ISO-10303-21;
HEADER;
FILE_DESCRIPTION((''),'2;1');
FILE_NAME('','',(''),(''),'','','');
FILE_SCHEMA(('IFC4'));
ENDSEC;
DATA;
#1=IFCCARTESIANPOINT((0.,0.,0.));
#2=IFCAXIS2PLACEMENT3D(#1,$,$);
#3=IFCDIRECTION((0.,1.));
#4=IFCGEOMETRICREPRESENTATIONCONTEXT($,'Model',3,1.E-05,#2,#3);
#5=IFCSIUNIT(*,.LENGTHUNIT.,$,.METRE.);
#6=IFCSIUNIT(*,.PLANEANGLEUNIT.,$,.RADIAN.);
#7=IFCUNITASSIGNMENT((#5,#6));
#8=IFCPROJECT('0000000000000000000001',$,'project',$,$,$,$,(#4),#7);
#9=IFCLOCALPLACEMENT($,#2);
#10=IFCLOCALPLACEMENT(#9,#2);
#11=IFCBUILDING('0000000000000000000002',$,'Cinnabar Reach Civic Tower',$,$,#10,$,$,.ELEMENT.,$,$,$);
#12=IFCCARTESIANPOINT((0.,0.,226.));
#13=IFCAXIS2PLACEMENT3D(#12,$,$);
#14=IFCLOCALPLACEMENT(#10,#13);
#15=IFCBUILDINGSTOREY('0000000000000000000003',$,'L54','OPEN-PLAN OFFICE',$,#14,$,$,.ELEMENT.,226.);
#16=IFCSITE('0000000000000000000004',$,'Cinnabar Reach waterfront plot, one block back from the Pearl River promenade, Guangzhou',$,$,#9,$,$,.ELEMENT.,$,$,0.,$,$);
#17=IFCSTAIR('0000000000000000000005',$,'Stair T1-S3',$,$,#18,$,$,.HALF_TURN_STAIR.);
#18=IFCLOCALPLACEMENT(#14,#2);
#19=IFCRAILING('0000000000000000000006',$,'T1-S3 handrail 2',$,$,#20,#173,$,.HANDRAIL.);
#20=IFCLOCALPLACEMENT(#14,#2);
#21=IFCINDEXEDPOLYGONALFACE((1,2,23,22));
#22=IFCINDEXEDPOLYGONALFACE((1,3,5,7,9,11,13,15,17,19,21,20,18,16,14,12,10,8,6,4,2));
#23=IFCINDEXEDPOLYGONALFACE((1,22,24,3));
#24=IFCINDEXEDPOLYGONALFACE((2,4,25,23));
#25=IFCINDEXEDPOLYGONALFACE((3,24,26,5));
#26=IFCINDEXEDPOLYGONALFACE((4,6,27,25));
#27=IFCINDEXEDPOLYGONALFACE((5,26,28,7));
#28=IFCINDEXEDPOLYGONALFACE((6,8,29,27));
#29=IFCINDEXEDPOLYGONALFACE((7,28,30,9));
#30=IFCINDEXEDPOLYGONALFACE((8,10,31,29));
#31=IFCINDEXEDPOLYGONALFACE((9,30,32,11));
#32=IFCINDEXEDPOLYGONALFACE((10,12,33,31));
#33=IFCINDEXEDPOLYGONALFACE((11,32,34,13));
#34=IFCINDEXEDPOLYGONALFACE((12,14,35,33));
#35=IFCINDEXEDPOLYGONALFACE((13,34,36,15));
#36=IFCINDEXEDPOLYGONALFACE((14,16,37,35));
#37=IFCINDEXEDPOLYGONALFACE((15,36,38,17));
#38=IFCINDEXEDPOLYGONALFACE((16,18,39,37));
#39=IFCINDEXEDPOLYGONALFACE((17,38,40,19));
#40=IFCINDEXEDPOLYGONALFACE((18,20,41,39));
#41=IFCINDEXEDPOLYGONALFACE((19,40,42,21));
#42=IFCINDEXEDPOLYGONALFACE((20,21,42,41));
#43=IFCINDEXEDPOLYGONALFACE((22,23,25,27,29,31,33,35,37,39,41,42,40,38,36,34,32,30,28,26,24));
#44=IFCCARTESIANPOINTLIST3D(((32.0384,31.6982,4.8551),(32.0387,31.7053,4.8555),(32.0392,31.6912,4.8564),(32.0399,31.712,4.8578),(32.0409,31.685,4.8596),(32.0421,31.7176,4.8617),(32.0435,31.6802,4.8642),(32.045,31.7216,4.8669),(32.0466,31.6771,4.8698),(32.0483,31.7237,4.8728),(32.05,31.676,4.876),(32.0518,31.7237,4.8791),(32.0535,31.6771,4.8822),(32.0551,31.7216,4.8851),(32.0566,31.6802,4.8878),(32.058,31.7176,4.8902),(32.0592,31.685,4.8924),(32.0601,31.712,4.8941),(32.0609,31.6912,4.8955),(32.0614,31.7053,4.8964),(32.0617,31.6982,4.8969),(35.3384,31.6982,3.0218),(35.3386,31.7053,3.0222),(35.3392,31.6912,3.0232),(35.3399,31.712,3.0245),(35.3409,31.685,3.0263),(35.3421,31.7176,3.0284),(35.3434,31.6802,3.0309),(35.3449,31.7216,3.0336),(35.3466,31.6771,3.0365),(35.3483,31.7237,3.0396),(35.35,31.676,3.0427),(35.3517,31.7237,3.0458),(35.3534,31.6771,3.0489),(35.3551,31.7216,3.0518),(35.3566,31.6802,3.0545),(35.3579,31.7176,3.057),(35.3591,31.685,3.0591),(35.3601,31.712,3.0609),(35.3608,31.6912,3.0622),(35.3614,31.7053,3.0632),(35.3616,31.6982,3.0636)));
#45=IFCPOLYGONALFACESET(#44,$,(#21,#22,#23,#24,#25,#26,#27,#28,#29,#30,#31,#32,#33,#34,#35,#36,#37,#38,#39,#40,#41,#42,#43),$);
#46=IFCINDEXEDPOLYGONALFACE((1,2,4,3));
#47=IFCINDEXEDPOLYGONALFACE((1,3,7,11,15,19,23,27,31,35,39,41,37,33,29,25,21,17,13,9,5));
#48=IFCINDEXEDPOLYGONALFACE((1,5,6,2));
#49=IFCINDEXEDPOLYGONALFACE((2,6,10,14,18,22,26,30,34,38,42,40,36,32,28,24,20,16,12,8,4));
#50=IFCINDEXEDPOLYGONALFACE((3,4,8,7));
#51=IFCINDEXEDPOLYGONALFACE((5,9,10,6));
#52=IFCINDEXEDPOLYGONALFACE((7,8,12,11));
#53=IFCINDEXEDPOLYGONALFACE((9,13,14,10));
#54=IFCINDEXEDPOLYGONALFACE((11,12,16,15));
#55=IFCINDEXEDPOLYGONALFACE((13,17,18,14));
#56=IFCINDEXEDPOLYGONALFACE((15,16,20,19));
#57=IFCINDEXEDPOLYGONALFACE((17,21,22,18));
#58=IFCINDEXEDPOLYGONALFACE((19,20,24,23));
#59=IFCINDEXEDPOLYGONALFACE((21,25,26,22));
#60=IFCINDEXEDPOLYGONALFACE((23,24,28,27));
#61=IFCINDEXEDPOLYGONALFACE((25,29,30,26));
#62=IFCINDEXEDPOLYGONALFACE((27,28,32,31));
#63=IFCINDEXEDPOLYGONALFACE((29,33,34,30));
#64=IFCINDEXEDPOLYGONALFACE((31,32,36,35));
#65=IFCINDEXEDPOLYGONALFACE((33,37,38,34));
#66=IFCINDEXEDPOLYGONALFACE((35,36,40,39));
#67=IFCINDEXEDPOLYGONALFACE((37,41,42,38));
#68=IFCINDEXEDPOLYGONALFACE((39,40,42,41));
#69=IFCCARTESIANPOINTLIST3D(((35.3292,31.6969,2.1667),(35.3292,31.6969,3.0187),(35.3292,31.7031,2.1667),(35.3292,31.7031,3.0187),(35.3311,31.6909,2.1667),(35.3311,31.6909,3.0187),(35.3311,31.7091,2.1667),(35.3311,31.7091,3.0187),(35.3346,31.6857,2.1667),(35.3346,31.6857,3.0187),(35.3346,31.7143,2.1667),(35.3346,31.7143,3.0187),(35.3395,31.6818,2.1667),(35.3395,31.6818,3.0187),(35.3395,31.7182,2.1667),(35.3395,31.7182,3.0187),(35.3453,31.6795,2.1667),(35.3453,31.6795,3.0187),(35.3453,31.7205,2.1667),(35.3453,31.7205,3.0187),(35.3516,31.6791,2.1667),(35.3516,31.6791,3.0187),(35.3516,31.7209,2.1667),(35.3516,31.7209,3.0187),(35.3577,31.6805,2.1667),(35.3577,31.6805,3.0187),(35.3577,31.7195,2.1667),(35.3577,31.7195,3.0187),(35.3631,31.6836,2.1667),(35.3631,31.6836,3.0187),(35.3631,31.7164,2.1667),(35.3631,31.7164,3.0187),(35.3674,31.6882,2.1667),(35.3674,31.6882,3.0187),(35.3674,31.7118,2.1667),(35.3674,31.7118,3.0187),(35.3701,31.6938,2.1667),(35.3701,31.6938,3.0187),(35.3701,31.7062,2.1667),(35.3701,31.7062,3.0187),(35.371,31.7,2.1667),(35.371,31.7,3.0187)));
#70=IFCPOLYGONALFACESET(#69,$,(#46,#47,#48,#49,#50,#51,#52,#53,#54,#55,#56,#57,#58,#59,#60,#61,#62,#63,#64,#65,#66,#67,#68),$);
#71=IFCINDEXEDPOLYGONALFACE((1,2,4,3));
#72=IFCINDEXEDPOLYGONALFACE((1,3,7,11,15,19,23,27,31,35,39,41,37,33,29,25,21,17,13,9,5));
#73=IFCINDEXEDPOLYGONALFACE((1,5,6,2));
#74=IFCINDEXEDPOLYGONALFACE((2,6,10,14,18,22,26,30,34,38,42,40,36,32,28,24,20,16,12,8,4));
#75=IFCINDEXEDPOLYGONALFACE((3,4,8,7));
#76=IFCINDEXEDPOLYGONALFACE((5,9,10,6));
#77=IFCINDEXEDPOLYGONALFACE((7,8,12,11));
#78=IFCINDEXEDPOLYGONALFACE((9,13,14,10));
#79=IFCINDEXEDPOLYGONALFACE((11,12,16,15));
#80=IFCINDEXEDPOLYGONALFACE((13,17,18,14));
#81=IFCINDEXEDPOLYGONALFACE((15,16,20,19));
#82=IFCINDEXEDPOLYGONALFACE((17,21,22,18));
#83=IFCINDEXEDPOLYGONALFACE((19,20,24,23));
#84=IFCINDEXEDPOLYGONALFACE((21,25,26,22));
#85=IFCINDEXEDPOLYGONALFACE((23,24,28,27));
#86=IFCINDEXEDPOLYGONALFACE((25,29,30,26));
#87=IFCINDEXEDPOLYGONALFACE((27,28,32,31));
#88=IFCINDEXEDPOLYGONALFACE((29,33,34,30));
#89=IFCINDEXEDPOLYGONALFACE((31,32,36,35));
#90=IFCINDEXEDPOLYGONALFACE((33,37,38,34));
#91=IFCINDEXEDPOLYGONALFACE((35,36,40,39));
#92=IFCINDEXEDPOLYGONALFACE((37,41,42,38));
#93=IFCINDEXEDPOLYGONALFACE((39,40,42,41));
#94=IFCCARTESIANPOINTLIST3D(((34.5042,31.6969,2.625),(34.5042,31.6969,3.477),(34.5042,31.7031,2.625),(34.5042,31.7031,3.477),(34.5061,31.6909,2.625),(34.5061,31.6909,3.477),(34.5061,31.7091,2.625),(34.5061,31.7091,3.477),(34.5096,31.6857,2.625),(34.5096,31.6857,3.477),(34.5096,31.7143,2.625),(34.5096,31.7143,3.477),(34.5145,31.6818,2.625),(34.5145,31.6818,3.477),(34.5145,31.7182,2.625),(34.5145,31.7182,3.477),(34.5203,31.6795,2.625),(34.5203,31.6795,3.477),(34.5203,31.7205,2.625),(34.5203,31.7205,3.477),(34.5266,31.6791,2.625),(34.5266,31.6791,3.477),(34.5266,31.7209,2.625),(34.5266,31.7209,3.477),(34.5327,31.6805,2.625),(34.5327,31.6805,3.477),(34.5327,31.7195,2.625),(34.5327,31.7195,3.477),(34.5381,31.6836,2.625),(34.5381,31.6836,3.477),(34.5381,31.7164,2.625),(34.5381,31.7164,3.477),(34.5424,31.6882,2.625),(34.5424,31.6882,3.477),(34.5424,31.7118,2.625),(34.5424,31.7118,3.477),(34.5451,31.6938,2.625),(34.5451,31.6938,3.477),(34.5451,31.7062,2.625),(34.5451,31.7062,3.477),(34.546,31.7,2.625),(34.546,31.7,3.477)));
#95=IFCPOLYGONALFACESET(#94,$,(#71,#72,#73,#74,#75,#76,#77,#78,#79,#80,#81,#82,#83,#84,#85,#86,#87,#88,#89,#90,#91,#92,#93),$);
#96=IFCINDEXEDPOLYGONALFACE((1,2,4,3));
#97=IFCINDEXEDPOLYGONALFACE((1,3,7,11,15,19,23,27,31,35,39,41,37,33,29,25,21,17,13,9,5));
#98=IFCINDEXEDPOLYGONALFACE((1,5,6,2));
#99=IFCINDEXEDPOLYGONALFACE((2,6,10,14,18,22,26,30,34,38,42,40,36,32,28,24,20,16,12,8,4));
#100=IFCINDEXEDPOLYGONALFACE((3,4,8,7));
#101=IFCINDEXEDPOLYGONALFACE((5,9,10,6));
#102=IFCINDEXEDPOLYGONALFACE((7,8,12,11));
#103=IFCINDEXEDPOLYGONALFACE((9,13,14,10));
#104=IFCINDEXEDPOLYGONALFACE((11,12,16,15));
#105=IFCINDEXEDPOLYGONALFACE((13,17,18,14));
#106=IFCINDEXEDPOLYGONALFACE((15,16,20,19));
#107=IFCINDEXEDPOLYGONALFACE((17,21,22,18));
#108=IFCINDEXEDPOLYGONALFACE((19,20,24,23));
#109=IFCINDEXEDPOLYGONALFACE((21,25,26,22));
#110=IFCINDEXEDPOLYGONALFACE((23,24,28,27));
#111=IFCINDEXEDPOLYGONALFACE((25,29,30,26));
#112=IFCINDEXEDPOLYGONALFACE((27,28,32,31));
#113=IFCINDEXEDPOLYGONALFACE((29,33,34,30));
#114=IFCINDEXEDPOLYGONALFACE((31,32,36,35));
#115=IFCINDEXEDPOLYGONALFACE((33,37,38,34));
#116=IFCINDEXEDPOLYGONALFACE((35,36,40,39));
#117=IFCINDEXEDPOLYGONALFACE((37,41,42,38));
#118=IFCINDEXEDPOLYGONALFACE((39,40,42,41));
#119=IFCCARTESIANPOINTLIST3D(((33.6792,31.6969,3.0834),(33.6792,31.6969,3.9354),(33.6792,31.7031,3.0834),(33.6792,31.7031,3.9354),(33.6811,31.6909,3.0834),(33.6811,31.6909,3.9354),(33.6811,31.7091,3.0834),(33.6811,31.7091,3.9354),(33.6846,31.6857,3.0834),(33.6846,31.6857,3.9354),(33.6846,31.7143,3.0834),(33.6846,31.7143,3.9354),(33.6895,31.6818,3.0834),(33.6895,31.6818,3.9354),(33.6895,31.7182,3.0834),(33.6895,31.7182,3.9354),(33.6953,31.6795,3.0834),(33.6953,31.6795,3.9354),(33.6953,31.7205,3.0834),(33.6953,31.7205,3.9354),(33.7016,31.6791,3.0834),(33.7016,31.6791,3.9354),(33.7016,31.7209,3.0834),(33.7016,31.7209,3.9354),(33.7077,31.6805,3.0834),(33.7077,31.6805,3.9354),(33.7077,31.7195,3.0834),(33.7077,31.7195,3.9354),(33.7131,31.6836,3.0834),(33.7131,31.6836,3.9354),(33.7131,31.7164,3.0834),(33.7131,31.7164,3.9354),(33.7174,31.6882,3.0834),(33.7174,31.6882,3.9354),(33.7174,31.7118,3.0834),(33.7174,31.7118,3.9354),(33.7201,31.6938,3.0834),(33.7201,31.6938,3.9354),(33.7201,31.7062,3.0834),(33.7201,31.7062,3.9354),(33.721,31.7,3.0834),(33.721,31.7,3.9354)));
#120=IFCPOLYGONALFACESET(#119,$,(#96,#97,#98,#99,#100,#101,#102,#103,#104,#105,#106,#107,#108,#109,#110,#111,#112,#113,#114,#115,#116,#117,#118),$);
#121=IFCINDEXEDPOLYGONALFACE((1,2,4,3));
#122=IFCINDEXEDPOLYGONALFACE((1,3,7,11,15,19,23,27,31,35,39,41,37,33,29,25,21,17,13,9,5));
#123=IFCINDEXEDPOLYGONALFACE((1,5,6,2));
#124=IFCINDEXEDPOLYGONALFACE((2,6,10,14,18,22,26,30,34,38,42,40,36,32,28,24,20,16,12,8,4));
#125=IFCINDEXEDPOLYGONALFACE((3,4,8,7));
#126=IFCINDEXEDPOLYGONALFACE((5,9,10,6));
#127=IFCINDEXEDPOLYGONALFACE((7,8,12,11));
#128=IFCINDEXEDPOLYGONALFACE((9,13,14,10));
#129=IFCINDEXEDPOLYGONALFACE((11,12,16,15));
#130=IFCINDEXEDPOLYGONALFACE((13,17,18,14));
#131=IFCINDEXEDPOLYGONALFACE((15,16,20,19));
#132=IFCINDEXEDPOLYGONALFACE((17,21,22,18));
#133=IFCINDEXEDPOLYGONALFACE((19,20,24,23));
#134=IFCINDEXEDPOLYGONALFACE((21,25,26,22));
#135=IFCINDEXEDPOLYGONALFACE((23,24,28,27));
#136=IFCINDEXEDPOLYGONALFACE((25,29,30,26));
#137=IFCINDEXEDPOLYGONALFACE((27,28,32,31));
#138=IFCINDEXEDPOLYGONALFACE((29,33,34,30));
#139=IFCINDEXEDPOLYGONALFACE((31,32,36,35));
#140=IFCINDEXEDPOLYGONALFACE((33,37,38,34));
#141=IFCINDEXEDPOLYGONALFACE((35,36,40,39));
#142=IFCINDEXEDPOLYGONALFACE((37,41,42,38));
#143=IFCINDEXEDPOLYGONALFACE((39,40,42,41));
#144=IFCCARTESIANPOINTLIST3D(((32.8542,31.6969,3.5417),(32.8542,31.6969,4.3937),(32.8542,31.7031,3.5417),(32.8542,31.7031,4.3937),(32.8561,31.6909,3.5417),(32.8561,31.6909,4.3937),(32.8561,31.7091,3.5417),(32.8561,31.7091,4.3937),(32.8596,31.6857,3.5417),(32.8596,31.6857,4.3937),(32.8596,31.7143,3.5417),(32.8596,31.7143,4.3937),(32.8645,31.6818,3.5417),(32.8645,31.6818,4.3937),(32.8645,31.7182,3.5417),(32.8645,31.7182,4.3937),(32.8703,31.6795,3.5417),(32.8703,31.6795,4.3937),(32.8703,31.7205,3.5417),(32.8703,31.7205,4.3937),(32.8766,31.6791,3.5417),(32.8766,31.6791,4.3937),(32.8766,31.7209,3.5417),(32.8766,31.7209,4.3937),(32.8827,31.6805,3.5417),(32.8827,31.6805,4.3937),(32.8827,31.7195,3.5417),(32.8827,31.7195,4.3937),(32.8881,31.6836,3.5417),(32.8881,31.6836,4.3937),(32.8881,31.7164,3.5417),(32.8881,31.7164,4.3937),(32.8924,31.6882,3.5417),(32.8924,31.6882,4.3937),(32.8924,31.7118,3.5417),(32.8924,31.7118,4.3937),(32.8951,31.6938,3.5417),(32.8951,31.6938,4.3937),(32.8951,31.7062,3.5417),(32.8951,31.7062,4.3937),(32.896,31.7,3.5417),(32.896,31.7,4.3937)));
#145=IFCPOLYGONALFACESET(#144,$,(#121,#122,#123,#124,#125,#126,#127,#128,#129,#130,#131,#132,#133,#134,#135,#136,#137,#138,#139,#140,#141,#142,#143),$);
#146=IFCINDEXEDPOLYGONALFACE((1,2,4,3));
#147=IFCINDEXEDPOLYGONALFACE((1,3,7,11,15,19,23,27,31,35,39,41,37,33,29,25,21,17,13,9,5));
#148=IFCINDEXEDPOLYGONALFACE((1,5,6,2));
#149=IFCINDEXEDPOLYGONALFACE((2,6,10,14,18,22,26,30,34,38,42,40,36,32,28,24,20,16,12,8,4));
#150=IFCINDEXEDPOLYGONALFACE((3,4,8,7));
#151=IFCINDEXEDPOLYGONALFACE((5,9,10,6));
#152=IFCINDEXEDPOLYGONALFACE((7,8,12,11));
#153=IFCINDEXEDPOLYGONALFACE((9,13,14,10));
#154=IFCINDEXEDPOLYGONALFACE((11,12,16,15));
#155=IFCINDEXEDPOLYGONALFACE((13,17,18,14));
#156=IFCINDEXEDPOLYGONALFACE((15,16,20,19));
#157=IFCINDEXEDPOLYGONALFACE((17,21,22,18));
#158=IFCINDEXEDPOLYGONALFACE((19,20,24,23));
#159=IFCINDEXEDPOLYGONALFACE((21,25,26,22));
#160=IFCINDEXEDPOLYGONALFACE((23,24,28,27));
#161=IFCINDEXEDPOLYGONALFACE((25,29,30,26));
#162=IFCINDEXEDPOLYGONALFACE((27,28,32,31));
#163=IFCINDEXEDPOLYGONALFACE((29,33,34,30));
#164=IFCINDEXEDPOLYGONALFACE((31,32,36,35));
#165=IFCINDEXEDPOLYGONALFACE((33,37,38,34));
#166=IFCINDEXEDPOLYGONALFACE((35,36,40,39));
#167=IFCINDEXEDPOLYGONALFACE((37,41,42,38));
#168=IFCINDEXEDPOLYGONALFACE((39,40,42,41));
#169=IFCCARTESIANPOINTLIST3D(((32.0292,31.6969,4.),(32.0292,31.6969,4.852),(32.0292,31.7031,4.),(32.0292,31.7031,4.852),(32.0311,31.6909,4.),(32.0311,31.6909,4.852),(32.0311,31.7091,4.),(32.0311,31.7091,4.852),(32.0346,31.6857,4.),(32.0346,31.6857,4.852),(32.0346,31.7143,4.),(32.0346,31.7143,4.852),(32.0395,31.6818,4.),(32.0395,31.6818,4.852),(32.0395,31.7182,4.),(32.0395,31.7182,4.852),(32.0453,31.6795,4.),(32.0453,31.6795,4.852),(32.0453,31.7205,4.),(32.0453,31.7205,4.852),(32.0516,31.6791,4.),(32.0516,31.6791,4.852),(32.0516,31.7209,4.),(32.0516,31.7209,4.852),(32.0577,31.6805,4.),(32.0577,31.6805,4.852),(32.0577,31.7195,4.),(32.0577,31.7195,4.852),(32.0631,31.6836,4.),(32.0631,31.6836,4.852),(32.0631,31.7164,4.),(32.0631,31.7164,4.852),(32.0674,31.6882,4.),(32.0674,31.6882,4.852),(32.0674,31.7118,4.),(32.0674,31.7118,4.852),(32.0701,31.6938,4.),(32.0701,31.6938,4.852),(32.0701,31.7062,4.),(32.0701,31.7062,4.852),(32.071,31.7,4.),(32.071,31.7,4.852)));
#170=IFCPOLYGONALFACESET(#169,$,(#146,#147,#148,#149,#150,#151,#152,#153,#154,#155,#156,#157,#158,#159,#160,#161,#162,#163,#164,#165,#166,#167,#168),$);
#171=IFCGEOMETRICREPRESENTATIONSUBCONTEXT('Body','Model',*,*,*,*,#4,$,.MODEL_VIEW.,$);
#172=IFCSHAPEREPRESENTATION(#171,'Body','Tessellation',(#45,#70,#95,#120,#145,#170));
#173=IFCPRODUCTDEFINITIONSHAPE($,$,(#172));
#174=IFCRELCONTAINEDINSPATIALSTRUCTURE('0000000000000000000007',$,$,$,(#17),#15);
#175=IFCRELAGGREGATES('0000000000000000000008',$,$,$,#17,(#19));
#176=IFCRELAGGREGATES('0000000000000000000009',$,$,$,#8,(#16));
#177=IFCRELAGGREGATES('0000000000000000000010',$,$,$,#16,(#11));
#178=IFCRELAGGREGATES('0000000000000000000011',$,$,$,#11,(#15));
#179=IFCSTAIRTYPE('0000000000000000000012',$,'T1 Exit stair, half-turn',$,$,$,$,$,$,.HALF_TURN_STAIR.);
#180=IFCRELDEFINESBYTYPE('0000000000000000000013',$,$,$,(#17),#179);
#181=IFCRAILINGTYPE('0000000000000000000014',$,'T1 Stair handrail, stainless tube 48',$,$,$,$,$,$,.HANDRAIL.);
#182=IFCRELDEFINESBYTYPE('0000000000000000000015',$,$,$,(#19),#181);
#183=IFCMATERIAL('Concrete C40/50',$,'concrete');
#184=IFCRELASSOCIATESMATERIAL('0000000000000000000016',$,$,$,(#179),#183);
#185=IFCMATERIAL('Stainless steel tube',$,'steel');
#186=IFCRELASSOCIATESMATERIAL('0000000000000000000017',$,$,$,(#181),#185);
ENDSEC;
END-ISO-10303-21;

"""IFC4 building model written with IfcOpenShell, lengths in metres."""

from ifc_helpers import new_model, si_unit, direction, frame, origin, origin_2d, place, context, subcontext, project, spatial, circle, extrude, material, type_object, element, aggregate, save


model = new_model("IFC4")

# Units and contexts
model_context = context("Model", 3, precision=1e-05, world=origin(), true_north=direction((0.0, 1.0)))
body_context = subcontext(model_context, "Body", "Model", "MODEL_VIEW")
ifc_project = project(units=[si_unit("LENGTHUNIT", "METRE"), si_unit("PLANEANGLEUNIT", "RADIAN")], contexts=[model_context])

# Site, building, storey
site_placement = place(None, origin())
site = spatial("IfcSite", under=ifc_project, at=site_placement, Name="Cinnabar Reach waterfront plot, one block back from the Pearl River promenade, Guangzhou", CompositionType="ELEMENT", RefElevation=0.0)
building_placement = place(site_placement, origin())
building = spatial("IfcBuilding", under=site, at=building_placement, Name="Cinnabar Reach Civic Tower", CompositionType="ELEMENT")
storey_placement = place(building_placement, frame((0.0, 0.0, 226.0)))
storey = spatial("IfcBuildingStorey", under=building, at=storey_placement, Name="L54", Description="OPEN-PLAN OFFICE", CompositionType="ELEMENT", Elevation=226.0)

# Stair, railing
ifc_material_1 = material(Name="Concrete C40/50", Category="concrete")
stair_type = type_object("IfcStairType", Name="T1 Exit stair, half-turn", PredefinedType="HALF_TURN_STAIR", material=ifc_material_1)
stair_placement = place(storey_placement, origin())
stair = element("IfcStair", 1, at=stair_placement, inside=storey, type_object=stair_type, Name="Stair T1-S3", PredefinedType="HALF_TURN_STAIR")
ifc_material_2 = material(Name="Stainless steel tube", Category="steel")
railing_type = type_object("IfcRailingType", Name="T1 Stair handrail, stainless tube 48", PredefinedType="HANDRAIL", material=ifc_material_2)
railing_1_placement = place(storey_placement, frame((35.35, 31.7, 2.1667)))
railing_1 = element("IfcRailing", 2, at=railing_1_placement, type_object=railing_type, Name="T1-S3 handrail 2", PredefinedType="HANDRAIL", context=body_context, shape_type="SweptSolid", body=[
    extrude(circle(Radius=0.024, at=origin_2d()), frame((0.0, 0.0, 0.876), z_axis=(-0.874161, 0.0, 0.485636), x_axis=(0.0, -1.0, 0.0)), (0.0, 0.0, 1.0), 3.775),
    extrude(circle(Radius=0.021, at=origin_2d()), origin(), (0.0, 0.0, 1.0), 0.852),
    extrude(circle(Radius=0.021, at=origin_2d()), frame((-0.825, 0.0, 0.4583)), (0.0, 0.0, 1.0), 0.852),
    extrude(circle(Radius=0.021, at=origin_2d()), frame((-1.65, 0.0, 0.9167)), (0.0, 0.0, 1.0), 0.852),
    extrude(circle(Radius=0.021, at=origin_2d()), frame((-2.475, 0.0, 1.375)), (0.0, 0.0, 1.0), 0.852),
    extrude(circle(Radius=0.021, at=origin_2d()), frame((-3.3, 0.0, 1.8333)), (0.0, 0.0, 1.0), 0.852),
])
aggregate(stair, [railing_1])

save(model, "model.ifc")
